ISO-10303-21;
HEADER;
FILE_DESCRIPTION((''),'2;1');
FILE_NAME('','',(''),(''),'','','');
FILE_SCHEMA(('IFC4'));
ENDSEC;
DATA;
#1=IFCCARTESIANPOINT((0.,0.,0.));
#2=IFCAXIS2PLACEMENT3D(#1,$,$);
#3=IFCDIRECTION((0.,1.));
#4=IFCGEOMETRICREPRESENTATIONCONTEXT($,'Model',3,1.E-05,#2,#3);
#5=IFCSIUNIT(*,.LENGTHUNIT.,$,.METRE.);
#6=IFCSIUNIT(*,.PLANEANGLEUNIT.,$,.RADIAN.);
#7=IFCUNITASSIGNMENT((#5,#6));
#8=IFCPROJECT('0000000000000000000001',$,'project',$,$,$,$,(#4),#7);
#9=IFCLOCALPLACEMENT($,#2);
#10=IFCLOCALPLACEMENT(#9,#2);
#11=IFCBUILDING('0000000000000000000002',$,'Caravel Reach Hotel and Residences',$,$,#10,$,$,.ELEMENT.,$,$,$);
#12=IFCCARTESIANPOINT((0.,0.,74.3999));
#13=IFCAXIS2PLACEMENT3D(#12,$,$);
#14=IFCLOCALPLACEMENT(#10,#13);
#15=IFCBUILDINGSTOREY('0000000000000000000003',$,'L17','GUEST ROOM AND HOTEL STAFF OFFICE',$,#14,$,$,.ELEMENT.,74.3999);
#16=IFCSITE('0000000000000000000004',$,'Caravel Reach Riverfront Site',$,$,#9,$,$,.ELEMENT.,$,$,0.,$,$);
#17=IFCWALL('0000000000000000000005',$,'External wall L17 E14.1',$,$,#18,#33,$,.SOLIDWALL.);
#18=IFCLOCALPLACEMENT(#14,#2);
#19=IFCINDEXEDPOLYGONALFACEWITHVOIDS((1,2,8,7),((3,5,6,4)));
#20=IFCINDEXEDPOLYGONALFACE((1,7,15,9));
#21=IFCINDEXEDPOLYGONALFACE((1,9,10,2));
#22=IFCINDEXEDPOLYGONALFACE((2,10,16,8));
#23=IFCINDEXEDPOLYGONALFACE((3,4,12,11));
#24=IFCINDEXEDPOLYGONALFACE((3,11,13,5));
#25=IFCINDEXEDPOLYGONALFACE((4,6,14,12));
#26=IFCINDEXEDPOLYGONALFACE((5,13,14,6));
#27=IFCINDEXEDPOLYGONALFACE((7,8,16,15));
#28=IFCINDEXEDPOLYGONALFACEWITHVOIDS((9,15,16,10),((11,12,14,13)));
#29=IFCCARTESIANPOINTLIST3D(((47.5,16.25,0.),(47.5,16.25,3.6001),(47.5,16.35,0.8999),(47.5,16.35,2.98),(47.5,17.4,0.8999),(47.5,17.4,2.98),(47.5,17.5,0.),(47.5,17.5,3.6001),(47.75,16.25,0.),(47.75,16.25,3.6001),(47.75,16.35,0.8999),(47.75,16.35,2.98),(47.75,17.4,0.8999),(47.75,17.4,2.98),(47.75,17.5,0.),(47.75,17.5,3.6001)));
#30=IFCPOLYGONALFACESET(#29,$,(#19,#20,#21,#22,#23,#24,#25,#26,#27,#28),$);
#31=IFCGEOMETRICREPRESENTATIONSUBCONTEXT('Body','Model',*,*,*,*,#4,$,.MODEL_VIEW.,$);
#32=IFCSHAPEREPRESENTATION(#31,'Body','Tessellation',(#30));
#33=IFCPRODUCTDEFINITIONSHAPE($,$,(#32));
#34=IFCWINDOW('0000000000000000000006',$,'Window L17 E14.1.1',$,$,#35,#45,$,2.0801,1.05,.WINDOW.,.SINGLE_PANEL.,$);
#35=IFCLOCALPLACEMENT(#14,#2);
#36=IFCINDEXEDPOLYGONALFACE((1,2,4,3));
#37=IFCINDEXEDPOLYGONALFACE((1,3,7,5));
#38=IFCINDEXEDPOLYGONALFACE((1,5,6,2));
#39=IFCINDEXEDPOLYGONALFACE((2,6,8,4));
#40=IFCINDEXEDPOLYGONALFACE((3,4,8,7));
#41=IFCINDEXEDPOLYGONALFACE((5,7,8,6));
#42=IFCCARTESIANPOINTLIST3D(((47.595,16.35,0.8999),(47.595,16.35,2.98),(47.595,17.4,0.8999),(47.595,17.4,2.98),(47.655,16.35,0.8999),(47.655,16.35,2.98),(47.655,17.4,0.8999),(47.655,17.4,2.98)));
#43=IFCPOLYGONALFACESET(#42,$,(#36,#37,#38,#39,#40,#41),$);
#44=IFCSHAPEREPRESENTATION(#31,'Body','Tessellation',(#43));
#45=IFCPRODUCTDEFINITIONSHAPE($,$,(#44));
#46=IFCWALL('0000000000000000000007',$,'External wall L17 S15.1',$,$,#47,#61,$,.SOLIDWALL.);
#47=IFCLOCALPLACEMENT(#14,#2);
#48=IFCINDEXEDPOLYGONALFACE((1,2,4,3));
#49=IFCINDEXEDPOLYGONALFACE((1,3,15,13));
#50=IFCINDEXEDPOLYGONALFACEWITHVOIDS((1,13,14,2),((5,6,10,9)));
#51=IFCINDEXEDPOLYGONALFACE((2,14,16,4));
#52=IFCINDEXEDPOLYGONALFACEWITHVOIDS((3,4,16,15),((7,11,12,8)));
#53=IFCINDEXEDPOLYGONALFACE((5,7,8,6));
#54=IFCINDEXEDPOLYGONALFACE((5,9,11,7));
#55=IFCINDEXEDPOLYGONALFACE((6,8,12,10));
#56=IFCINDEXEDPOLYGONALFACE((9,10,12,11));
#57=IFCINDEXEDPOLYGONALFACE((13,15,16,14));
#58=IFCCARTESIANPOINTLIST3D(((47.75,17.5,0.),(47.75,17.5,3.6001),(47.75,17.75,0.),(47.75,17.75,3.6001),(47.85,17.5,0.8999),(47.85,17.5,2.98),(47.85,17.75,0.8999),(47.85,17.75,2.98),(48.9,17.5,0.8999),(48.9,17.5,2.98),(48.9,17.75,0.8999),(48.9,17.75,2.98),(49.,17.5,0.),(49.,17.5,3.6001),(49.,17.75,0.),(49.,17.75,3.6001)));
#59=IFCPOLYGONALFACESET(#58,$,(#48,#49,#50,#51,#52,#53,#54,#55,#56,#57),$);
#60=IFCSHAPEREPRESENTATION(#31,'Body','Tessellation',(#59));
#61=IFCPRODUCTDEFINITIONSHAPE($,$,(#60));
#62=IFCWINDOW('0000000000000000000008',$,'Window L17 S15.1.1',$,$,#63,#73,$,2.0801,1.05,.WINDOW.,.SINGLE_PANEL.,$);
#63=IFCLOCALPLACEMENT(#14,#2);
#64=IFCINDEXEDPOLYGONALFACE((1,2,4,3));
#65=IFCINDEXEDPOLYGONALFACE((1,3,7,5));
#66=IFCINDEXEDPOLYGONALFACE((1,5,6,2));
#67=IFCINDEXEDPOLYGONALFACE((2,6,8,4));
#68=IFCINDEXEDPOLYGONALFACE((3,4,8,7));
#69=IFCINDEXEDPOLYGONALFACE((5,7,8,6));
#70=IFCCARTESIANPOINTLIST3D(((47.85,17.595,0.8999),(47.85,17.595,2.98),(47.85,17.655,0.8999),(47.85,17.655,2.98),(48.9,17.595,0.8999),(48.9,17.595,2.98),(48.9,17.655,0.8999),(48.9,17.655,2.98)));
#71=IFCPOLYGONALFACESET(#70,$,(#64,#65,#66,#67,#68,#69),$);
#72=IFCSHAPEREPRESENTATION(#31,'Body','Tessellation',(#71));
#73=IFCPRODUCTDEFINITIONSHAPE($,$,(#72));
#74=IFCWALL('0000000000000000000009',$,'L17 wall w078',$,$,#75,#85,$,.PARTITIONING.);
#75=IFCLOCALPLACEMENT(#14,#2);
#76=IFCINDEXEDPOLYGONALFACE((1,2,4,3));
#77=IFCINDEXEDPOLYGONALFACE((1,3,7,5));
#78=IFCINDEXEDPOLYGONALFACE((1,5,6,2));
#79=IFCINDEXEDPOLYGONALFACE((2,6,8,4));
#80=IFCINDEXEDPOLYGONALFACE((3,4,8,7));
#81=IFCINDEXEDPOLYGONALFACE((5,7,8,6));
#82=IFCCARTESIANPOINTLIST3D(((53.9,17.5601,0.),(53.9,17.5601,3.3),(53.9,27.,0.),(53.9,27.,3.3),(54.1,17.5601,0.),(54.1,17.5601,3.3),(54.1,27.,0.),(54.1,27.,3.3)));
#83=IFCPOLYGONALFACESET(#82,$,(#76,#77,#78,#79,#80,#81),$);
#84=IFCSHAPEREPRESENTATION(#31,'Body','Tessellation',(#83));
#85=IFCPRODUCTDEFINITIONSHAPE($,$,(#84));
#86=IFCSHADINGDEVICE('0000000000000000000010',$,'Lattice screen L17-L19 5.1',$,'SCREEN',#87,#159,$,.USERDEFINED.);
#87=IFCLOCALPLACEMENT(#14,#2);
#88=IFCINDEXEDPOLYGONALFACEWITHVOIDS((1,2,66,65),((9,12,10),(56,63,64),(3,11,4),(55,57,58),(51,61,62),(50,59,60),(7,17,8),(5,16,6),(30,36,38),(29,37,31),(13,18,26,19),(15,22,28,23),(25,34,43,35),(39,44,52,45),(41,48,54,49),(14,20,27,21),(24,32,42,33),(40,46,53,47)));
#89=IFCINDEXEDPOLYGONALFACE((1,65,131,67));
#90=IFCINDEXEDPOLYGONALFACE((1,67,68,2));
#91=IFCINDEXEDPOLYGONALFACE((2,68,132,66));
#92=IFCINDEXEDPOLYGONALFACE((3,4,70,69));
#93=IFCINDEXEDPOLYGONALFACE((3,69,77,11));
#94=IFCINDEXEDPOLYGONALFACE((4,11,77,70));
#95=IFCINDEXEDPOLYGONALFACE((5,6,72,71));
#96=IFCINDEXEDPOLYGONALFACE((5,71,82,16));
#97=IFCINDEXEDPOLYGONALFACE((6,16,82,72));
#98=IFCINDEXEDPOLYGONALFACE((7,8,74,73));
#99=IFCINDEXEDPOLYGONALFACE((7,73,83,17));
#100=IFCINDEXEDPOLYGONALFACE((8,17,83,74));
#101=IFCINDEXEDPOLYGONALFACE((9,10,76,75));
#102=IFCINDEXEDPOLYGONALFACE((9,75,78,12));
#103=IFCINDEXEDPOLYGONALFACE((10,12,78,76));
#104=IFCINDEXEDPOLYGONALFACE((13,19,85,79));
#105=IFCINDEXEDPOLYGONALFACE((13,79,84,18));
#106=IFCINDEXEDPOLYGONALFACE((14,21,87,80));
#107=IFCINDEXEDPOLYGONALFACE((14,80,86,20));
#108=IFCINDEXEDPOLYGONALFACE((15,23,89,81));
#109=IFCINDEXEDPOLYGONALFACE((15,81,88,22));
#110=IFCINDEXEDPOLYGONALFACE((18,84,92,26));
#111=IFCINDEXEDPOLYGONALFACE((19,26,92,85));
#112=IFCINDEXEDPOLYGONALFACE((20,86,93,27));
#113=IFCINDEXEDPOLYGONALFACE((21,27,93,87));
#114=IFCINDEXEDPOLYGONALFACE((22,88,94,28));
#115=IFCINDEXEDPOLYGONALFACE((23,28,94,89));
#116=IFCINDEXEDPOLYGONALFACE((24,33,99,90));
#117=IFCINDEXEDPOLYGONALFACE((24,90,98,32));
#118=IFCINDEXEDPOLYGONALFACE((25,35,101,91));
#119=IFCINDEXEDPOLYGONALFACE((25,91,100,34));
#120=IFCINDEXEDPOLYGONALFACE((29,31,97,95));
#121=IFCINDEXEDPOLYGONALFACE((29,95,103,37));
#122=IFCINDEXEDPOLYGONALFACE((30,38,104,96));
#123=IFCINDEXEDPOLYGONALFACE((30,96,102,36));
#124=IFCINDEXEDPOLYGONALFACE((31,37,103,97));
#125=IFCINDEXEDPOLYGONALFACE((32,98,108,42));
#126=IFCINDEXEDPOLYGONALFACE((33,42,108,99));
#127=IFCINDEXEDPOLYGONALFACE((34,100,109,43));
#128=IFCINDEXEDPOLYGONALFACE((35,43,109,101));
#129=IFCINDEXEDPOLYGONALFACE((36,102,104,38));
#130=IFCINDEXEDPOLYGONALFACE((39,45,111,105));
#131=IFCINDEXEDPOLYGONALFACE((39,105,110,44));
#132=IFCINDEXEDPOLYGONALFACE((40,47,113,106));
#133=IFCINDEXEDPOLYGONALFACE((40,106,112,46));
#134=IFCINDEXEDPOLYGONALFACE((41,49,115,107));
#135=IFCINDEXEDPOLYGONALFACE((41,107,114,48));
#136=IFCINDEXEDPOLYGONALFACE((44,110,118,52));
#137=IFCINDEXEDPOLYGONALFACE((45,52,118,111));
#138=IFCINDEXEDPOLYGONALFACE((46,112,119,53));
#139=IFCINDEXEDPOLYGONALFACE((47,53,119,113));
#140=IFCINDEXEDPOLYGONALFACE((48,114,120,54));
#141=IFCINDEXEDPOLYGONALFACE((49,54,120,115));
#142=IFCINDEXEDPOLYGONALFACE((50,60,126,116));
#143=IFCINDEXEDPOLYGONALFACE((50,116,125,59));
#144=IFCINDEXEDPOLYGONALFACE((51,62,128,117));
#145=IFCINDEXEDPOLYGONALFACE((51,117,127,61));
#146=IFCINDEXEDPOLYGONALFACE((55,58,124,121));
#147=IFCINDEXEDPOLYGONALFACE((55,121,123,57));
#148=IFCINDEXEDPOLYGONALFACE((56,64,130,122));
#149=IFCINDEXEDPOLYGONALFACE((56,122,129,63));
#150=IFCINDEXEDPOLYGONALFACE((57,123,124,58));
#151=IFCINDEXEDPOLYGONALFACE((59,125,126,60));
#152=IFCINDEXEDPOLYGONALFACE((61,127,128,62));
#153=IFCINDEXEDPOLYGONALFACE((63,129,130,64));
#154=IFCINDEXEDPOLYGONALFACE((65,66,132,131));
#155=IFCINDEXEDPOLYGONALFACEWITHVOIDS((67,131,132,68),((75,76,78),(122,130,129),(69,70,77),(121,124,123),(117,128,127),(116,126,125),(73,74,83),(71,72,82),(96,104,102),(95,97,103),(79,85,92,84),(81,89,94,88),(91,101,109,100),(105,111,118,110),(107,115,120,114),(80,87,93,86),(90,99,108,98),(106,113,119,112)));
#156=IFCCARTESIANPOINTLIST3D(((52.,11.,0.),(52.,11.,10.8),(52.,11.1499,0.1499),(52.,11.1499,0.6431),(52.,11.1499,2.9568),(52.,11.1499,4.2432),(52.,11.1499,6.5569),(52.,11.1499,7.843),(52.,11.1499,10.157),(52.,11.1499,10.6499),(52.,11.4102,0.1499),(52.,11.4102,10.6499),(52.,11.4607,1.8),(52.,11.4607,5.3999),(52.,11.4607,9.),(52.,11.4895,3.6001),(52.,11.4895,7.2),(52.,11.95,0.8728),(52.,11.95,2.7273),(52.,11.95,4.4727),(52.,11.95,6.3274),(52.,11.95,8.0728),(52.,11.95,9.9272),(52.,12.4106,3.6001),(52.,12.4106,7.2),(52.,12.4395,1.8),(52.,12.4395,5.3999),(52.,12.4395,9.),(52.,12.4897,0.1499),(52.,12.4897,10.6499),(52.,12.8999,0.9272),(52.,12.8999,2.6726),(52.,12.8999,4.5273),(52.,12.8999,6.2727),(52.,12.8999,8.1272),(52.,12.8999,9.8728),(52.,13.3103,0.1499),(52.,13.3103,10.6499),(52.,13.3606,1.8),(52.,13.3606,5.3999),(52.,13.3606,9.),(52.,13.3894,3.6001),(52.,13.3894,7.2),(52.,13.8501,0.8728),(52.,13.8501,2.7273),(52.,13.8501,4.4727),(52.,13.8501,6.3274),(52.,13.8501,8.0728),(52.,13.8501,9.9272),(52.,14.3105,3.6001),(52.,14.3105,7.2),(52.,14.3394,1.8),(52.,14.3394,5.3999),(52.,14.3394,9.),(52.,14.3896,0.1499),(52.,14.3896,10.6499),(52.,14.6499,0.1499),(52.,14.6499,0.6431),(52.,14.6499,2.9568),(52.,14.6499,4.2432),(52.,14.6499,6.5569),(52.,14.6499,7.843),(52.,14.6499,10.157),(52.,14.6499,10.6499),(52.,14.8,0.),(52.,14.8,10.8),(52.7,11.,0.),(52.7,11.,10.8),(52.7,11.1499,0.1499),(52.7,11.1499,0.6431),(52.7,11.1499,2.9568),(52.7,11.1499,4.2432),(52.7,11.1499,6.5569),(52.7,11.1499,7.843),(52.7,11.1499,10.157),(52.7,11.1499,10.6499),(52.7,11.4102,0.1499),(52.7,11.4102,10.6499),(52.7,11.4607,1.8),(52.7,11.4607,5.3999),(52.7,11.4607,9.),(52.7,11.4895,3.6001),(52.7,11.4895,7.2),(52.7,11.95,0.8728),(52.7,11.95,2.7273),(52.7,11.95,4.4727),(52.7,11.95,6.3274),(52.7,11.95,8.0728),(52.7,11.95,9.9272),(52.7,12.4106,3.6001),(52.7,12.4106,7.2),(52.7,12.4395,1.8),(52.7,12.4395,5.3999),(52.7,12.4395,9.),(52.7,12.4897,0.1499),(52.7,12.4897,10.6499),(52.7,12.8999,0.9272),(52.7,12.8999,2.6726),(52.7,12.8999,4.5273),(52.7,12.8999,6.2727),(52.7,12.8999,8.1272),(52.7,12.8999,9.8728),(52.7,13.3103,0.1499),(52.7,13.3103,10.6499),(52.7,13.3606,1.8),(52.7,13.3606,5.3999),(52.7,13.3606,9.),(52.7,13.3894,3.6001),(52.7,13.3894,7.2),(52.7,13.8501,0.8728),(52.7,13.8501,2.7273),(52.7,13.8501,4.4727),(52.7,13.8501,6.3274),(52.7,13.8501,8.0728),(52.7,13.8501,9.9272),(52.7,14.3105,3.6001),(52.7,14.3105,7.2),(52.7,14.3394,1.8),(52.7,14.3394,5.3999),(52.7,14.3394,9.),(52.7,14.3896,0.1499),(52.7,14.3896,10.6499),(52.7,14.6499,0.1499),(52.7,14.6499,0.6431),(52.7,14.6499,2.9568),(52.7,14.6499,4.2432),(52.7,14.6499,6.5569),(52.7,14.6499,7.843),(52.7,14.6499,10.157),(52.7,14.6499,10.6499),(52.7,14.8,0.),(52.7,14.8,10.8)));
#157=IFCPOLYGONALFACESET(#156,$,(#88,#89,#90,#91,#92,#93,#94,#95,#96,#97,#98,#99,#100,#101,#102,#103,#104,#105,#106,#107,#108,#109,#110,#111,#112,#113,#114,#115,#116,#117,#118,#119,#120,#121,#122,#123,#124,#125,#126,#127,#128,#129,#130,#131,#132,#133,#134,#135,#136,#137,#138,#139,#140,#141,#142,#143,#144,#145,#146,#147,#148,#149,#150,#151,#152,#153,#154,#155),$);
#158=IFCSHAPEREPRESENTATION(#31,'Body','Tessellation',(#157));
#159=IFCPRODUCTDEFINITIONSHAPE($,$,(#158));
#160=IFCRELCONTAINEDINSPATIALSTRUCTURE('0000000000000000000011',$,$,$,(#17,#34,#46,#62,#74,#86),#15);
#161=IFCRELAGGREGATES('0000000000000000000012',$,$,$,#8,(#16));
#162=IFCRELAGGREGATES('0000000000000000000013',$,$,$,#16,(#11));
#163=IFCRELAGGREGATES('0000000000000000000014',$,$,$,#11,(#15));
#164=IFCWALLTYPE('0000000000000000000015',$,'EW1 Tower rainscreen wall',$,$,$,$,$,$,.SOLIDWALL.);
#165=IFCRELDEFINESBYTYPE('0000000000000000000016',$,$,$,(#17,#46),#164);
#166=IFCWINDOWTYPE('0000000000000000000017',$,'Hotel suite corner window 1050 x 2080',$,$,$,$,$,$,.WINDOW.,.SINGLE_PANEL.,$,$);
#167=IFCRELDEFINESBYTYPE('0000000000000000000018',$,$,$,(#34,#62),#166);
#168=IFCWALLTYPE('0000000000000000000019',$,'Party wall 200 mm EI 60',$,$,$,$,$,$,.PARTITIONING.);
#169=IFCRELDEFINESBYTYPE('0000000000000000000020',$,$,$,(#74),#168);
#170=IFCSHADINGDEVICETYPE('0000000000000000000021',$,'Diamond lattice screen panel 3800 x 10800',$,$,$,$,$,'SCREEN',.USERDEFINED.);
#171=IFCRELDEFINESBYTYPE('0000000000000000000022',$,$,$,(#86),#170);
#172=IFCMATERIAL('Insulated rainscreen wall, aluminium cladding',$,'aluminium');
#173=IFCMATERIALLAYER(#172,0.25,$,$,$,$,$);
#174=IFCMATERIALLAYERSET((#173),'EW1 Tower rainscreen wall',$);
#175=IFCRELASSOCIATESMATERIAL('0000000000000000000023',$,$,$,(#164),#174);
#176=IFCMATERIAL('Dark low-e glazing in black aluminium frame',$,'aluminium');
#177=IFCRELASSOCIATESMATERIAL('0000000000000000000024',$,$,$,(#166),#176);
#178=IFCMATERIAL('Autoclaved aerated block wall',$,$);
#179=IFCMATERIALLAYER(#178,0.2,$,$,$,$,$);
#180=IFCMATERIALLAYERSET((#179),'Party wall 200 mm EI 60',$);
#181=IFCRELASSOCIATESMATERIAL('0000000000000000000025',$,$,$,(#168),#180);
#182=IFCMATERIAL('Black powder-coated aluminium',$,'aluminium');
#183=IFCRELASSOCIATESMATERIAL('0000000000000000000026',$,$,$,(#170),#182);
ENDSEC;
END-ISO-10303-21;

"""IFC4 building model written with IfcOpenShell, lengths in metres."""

from ifc_helpers import new_model, si_unit, direction, frame, frame_2d, origin, place, context, subcontext, project, spatial, polyline, rectangle, outline, extrude, material, layer, layer_set, type_object, element, fill, save


model = new_model("IFC4")

# Units and contexts
model_context = context("Model", 3, precision=1e-05, world=origin(), true_north=direction((0.0, 1.0)))
body_context = subcontext(model_context, "Body", "Model", "MODEL_VIEW")
ifc_project = project(units=[si_unit("LENGTHUNIT", "METRE"), si_unit("PLANEANGLEUNIT", "RADIAN")], contexts=[model_context])

# Site, building, storey
site_placement = place(None, origin())
site = spatial("IfcSite", under=ifc_project, at=site_placement, Name="Caravel Reach Riverfront Site", CompositionType="ELEMENT", RefElevation=0.0)
building_placement = place(site_placement, origin())
building = spatial("IfcBuilding", under=site, at=building_placement, Name="Caravel Reach Hotel and Residences", CompositionType="ELEMENT")
storey_placement = place(building_placement, frame((0.0, 0.0, 74.3999)))
storey = spatial("IfcBuildingStorey", under=building, at=storey_placement, Name="L17", Description="GUEST ROOM AND HOTEL STAFF OFFICE", CompositionType="ELEMENT", Elevation=74.3999)

# Walls, openings, windows
ifc_material_1 = material(Name="Insulated rainscreen wall, aluminium cladding", Category="aluminium")
ifc_layer_1 = layer(ifc_material_1, 0.25)
ifc_layer_set_1 = layer_set([ifc_layer_1], Name="EW1 Tower rainscreen wall")
wall_type_1 = type_object("IfcWallType", Name="EW1 Tower rainscreen wall", PredefinedType="SOLIDWALL", material=ifc_layer_set_1)
ifc_material_2 = material(Name="Dark low-e glazing in black aluminium frame", Category="aluminium")
window_type = type_object("IfcWindowType", Name="Hotel suite corner window 1050 x 2080", PartitioningType="SINGLE_PANEL", PredefinedType="WINDOW", material=ifc_material_2)
wall_1_placement = place(storey_placement, frame((47.625, 16.25, 0.0), z_axis=(0.0, 0.0, 1.0), x_axis=(0.0, 1.0, 0.0)))
wall_1 = element("IfcWall", 1, at=wall_1_placement, inside=storey, type_object=wall_type_1, Name="External wall L17 E14.1", PredefinedType="SOLIDWALL", context=body_context, shape_type="SweptSolid", body=[
    extrude(rectangle(XDim=1.25, YDim=0.25, at=frame_2d((0.625, 0.0))), origin(), (0.0, 0.0, 1.0), 3.6001),
])
opening_1_placement = place(wall_1_placement, frame((0.1001, 0.0, 0.8999)))
opening_1 = element("IfcOpeningElement", 2, at=opening_1_placement, cuts=wall_1, PredefinedType="OPENING", context=body_context, shape_type="SweptSolid", body=[
    extrude(rectangle(XDim=1.05, YDim=2.0801, at=frame_2d((0.5249, 1.04))), frame((0.0, 0.135, 0.0), z_axis=(0.0, -1.0, 0.0), x_axis=(1.0, 0.0, 0.0)), (0.0, 0.0, 1.0), 0.27),
])
window_1_placement = place(opening_1_placement, origin())
window_1 = element("IfcWindow", 3, at=window_1_placement, inside=storey, type_object=window_type, Name="Window L17 E14.1.1", OverallHeight=2.0801, OverallWidth=1.05, PartitioningType="SINGLE_PANEL", PredefinedType="WINDOW", context=body_context, shape_type="SweptSolid", body=[
    extrude(rectangle(XDim=1.05, YDim=2.0801, at=frame_2d((0.5249, 1.04))), frame((0.0, 0.03, 0.0), z_axis=(0.0, -1.0, 0.0), x_axis=(1.0, 0.0, 0.0)), (0.0, 0.0, 1.0), 0.0601),
])
fill(opening_1, window_1)
wall_2_placement = place(storey_placement, frame((47.75, 17.625, 0.0), z_axis=(0.0, 0.0, 1.0), x_axis=(1.0, 0.0, 0.0)))
wall_2 = element("IfcWall", 4, at=wall_2_placement, inside=storey, type_object=wall_type_1, Name="External wall L17 S15.1", PredefinedType="SOLIDWALL", context=body_context, shape_type="SweptSolid", body=[
    extrude(rectangle(XDim=1.25, YDim=0.25, at=frame_2d((0.625, 0.0))), origin(), (0.0, 0.0, 1.0), 3.6001),
])
opening_2_placement = place(wall_2_placement, frame((0.1001, 0.0, 0.8999)))
opening_2 = element("IfcOpeningElement", 5, at=opening_2_placement, cuts=wall_2, PredefinedType="OPENING", context=body_context, shape_type="SweptSolid", body=[
    extrude(rectangle(XDim=1.05, YDim=2.0801, at=frame_2d((0.5249, 1.04))), frame((0.0, 0.135, 0.0), z_axis=(0.0, -1.0, 0.0), x_axis=(1.0, 0.0, 0.0)), (0.0, 0.0, 1.0), 0.27),
])
window_2_placement = place(opening_2_placement, origin())
window_2 = element("IfcWindow", 6, at=window_2_placement, inside=storey, type_object=window_type, Name="Window L17 S15.1.1", OverallHeight=2.0801, OverallWidth=1.05, PartitioningType="SINGLE_PANEL", PredefinedType="WINDOW", context=body_context, shape_type="SweptSolid", body=[
    extrude(rectangle(XDim=1.05, YDim=2.0801, at=frame_2d((0.5249, 1.04))), frame((0.0, 0.03, 0.0), z_axis=(0.0, -1.0, 0.0), x_axis=(1.0, 0.0, 0.0)), (0.0, 0.0, 1.0), 0.0601),
])
fill(opening_2, window_2)

# Wall
ifc_material_3 = material(Name="Autoclaved aerated block wall")
ifc_layer_2 = layer(ifc_material_3, 0.2)
ifc_layer_set_2 = layer_set([ifc_layer_2], Name="Party wall 200 mm EI 60")
wall_type_2 = type_object("IfcWallType", Name="Party wall 200 mm EI 60", PredefinedType="PARTITIONING", material=ifc_layer_set_2)
wall_3_placement = place(storey_placement, frame((54.0, 17.5601, 0.0), z_axis=(0.0, 0.0, 1.0), x_axis=(0.0, 1.0, 0.0)))
element("IfcWall", 7, at=wall_3_placement, inside=storey, type_object=wall_type_2, Name="L17 wall w078", PredefinedType="PARTITIONING", context=body_context, shape_type="SweptSolid", body=[
    extrude(rectangle(XDim=9.4399, YDim=0.2, at=frame_2d((4.72, 0.0))), origin(), (0.0, 0.0, 1.0), 3.3),
])

# Shading device
ifc_material_4 = material(Name="Black powder-coated aluminium", Category="aluminium")
shading_device_type_1 = type_object("IfcShadingDeviceType", Name="Diamond lattice screen panel 3800 x 10800", ElementType="SCREEN", PredefinedType="USERDEFINED", material=ifc_material_4)
shading_device_1_placement = place(storey_placement, frame((52.0, 11.0, 0.0), z_axis=(1.0, 0.0, 0.0), x_axis=(0.0, 1.0, 0.0)))
element("IfcShadingDevice", 8, at=shading_device_1_placement, inside=storey, type_object=shading_device_type_1, Name="Lattice screen L17-L19 5.1", ObjectType="SCREEN", PredefinedType="USERDEFINED", context=body_context, shape_type="SweptSolid", body=[
    extrude(outline(polyline([(0.0, 0.0), (3.8, 0.0), (3.8, 10.8), (0.0, 10.8), (0.0, 0.0)]), holes=[polyline([(0.4102, 0.1499), (0.1499, 0.6431), (0.1499, 0.1499), (0.4102, 0.1499)]), polyline([(0.4895, 3.6001), (0.1499, 4.2432), (0.1499, 2.9568), (0.4895, 3.6001)]), polyline([(0.4895, 7.2), (0.1499, 7.843), (0.1499, 6.5569), (0.4895, 7.2)]), polyline([(0.1499, 10.157), (0.4102, 10.6499), (0.1499, 10.6499), (0.1499, 10.157)]), polyline([(0.95, 2.7273), (0.4607, 1.8), (0.95, 0.8728), (1.4395, 1.8), (0.95, 2.7273)]), polyline([(0.95, 6.3274), (0.4607, 5.3999), (0.95, 4.4727), (1.4395, 5.3999), (0.95, 6.3274)]), polyline([(0.95, 9.9272), (0.4607, 9.0), (0.95, 8.0728), (1.4395, 9.0), (0.95, 9.9272)]), polyline([(1.8999, 0.9272), (1.4897, 0.1499), (2.3103, 0.1499), (1.8999, 0.9272)]), polyline([(1.8999, 4.5273), (1.4106, 3.6001), (1.8999, 2.6726), (2.3894, 3.6001), (1.8999, 4.5273)]), polyline([(1.8999, 8.1272), (1.4106, 7.2), (1.8999, 6.2727), (2.3894, 7.2), (1.8999, 8.1272)]), polyline([(1.8999, 9.8728), (2.3103, 10.6499), (1.4897, 10.6499), (1.8999, 9.8728)]), polyline([(2.8501, 2.7273), (2.3606, 1.8), (2.8501, 0.8728), (3.3394, 1.8), (2.8501, 2.7273)]), polyline([(2.8501, 6.3274), (2.3606, 5.3999), (2.8501, 4.4727), (3.3394, 5.3999), (2.8501, 6.3274)]), polyline([(2.8501, 9.9272), (2.3606, 9.0), (2.8501, 8.0728), (3.3394, 9.0), (2.8501, 9.9272)]), polyline([(3.6499, 0.6431), (3.3896, 0.1499), (3.6499, 0.1499), (3.6499, 0.6431)]), polyline([(3.3105, 3.6001), (3.6499, 2.9568), (3.6499, 4.2432), (3.3105, 3.6001)]), polyline([(3.3105, 7.2), (3.6499, 6.5569), (3.6499, 7.843), (3.3105, 7.2)]), polyline([(3.3896, 10.6499), (3.6499, 10.157), (3.6499, 10.6499), (3.3896, 10.6499)])]), origin(), (0.0, 0.0, 1.0), 0.7),
])

save(model, "model.ifc")
